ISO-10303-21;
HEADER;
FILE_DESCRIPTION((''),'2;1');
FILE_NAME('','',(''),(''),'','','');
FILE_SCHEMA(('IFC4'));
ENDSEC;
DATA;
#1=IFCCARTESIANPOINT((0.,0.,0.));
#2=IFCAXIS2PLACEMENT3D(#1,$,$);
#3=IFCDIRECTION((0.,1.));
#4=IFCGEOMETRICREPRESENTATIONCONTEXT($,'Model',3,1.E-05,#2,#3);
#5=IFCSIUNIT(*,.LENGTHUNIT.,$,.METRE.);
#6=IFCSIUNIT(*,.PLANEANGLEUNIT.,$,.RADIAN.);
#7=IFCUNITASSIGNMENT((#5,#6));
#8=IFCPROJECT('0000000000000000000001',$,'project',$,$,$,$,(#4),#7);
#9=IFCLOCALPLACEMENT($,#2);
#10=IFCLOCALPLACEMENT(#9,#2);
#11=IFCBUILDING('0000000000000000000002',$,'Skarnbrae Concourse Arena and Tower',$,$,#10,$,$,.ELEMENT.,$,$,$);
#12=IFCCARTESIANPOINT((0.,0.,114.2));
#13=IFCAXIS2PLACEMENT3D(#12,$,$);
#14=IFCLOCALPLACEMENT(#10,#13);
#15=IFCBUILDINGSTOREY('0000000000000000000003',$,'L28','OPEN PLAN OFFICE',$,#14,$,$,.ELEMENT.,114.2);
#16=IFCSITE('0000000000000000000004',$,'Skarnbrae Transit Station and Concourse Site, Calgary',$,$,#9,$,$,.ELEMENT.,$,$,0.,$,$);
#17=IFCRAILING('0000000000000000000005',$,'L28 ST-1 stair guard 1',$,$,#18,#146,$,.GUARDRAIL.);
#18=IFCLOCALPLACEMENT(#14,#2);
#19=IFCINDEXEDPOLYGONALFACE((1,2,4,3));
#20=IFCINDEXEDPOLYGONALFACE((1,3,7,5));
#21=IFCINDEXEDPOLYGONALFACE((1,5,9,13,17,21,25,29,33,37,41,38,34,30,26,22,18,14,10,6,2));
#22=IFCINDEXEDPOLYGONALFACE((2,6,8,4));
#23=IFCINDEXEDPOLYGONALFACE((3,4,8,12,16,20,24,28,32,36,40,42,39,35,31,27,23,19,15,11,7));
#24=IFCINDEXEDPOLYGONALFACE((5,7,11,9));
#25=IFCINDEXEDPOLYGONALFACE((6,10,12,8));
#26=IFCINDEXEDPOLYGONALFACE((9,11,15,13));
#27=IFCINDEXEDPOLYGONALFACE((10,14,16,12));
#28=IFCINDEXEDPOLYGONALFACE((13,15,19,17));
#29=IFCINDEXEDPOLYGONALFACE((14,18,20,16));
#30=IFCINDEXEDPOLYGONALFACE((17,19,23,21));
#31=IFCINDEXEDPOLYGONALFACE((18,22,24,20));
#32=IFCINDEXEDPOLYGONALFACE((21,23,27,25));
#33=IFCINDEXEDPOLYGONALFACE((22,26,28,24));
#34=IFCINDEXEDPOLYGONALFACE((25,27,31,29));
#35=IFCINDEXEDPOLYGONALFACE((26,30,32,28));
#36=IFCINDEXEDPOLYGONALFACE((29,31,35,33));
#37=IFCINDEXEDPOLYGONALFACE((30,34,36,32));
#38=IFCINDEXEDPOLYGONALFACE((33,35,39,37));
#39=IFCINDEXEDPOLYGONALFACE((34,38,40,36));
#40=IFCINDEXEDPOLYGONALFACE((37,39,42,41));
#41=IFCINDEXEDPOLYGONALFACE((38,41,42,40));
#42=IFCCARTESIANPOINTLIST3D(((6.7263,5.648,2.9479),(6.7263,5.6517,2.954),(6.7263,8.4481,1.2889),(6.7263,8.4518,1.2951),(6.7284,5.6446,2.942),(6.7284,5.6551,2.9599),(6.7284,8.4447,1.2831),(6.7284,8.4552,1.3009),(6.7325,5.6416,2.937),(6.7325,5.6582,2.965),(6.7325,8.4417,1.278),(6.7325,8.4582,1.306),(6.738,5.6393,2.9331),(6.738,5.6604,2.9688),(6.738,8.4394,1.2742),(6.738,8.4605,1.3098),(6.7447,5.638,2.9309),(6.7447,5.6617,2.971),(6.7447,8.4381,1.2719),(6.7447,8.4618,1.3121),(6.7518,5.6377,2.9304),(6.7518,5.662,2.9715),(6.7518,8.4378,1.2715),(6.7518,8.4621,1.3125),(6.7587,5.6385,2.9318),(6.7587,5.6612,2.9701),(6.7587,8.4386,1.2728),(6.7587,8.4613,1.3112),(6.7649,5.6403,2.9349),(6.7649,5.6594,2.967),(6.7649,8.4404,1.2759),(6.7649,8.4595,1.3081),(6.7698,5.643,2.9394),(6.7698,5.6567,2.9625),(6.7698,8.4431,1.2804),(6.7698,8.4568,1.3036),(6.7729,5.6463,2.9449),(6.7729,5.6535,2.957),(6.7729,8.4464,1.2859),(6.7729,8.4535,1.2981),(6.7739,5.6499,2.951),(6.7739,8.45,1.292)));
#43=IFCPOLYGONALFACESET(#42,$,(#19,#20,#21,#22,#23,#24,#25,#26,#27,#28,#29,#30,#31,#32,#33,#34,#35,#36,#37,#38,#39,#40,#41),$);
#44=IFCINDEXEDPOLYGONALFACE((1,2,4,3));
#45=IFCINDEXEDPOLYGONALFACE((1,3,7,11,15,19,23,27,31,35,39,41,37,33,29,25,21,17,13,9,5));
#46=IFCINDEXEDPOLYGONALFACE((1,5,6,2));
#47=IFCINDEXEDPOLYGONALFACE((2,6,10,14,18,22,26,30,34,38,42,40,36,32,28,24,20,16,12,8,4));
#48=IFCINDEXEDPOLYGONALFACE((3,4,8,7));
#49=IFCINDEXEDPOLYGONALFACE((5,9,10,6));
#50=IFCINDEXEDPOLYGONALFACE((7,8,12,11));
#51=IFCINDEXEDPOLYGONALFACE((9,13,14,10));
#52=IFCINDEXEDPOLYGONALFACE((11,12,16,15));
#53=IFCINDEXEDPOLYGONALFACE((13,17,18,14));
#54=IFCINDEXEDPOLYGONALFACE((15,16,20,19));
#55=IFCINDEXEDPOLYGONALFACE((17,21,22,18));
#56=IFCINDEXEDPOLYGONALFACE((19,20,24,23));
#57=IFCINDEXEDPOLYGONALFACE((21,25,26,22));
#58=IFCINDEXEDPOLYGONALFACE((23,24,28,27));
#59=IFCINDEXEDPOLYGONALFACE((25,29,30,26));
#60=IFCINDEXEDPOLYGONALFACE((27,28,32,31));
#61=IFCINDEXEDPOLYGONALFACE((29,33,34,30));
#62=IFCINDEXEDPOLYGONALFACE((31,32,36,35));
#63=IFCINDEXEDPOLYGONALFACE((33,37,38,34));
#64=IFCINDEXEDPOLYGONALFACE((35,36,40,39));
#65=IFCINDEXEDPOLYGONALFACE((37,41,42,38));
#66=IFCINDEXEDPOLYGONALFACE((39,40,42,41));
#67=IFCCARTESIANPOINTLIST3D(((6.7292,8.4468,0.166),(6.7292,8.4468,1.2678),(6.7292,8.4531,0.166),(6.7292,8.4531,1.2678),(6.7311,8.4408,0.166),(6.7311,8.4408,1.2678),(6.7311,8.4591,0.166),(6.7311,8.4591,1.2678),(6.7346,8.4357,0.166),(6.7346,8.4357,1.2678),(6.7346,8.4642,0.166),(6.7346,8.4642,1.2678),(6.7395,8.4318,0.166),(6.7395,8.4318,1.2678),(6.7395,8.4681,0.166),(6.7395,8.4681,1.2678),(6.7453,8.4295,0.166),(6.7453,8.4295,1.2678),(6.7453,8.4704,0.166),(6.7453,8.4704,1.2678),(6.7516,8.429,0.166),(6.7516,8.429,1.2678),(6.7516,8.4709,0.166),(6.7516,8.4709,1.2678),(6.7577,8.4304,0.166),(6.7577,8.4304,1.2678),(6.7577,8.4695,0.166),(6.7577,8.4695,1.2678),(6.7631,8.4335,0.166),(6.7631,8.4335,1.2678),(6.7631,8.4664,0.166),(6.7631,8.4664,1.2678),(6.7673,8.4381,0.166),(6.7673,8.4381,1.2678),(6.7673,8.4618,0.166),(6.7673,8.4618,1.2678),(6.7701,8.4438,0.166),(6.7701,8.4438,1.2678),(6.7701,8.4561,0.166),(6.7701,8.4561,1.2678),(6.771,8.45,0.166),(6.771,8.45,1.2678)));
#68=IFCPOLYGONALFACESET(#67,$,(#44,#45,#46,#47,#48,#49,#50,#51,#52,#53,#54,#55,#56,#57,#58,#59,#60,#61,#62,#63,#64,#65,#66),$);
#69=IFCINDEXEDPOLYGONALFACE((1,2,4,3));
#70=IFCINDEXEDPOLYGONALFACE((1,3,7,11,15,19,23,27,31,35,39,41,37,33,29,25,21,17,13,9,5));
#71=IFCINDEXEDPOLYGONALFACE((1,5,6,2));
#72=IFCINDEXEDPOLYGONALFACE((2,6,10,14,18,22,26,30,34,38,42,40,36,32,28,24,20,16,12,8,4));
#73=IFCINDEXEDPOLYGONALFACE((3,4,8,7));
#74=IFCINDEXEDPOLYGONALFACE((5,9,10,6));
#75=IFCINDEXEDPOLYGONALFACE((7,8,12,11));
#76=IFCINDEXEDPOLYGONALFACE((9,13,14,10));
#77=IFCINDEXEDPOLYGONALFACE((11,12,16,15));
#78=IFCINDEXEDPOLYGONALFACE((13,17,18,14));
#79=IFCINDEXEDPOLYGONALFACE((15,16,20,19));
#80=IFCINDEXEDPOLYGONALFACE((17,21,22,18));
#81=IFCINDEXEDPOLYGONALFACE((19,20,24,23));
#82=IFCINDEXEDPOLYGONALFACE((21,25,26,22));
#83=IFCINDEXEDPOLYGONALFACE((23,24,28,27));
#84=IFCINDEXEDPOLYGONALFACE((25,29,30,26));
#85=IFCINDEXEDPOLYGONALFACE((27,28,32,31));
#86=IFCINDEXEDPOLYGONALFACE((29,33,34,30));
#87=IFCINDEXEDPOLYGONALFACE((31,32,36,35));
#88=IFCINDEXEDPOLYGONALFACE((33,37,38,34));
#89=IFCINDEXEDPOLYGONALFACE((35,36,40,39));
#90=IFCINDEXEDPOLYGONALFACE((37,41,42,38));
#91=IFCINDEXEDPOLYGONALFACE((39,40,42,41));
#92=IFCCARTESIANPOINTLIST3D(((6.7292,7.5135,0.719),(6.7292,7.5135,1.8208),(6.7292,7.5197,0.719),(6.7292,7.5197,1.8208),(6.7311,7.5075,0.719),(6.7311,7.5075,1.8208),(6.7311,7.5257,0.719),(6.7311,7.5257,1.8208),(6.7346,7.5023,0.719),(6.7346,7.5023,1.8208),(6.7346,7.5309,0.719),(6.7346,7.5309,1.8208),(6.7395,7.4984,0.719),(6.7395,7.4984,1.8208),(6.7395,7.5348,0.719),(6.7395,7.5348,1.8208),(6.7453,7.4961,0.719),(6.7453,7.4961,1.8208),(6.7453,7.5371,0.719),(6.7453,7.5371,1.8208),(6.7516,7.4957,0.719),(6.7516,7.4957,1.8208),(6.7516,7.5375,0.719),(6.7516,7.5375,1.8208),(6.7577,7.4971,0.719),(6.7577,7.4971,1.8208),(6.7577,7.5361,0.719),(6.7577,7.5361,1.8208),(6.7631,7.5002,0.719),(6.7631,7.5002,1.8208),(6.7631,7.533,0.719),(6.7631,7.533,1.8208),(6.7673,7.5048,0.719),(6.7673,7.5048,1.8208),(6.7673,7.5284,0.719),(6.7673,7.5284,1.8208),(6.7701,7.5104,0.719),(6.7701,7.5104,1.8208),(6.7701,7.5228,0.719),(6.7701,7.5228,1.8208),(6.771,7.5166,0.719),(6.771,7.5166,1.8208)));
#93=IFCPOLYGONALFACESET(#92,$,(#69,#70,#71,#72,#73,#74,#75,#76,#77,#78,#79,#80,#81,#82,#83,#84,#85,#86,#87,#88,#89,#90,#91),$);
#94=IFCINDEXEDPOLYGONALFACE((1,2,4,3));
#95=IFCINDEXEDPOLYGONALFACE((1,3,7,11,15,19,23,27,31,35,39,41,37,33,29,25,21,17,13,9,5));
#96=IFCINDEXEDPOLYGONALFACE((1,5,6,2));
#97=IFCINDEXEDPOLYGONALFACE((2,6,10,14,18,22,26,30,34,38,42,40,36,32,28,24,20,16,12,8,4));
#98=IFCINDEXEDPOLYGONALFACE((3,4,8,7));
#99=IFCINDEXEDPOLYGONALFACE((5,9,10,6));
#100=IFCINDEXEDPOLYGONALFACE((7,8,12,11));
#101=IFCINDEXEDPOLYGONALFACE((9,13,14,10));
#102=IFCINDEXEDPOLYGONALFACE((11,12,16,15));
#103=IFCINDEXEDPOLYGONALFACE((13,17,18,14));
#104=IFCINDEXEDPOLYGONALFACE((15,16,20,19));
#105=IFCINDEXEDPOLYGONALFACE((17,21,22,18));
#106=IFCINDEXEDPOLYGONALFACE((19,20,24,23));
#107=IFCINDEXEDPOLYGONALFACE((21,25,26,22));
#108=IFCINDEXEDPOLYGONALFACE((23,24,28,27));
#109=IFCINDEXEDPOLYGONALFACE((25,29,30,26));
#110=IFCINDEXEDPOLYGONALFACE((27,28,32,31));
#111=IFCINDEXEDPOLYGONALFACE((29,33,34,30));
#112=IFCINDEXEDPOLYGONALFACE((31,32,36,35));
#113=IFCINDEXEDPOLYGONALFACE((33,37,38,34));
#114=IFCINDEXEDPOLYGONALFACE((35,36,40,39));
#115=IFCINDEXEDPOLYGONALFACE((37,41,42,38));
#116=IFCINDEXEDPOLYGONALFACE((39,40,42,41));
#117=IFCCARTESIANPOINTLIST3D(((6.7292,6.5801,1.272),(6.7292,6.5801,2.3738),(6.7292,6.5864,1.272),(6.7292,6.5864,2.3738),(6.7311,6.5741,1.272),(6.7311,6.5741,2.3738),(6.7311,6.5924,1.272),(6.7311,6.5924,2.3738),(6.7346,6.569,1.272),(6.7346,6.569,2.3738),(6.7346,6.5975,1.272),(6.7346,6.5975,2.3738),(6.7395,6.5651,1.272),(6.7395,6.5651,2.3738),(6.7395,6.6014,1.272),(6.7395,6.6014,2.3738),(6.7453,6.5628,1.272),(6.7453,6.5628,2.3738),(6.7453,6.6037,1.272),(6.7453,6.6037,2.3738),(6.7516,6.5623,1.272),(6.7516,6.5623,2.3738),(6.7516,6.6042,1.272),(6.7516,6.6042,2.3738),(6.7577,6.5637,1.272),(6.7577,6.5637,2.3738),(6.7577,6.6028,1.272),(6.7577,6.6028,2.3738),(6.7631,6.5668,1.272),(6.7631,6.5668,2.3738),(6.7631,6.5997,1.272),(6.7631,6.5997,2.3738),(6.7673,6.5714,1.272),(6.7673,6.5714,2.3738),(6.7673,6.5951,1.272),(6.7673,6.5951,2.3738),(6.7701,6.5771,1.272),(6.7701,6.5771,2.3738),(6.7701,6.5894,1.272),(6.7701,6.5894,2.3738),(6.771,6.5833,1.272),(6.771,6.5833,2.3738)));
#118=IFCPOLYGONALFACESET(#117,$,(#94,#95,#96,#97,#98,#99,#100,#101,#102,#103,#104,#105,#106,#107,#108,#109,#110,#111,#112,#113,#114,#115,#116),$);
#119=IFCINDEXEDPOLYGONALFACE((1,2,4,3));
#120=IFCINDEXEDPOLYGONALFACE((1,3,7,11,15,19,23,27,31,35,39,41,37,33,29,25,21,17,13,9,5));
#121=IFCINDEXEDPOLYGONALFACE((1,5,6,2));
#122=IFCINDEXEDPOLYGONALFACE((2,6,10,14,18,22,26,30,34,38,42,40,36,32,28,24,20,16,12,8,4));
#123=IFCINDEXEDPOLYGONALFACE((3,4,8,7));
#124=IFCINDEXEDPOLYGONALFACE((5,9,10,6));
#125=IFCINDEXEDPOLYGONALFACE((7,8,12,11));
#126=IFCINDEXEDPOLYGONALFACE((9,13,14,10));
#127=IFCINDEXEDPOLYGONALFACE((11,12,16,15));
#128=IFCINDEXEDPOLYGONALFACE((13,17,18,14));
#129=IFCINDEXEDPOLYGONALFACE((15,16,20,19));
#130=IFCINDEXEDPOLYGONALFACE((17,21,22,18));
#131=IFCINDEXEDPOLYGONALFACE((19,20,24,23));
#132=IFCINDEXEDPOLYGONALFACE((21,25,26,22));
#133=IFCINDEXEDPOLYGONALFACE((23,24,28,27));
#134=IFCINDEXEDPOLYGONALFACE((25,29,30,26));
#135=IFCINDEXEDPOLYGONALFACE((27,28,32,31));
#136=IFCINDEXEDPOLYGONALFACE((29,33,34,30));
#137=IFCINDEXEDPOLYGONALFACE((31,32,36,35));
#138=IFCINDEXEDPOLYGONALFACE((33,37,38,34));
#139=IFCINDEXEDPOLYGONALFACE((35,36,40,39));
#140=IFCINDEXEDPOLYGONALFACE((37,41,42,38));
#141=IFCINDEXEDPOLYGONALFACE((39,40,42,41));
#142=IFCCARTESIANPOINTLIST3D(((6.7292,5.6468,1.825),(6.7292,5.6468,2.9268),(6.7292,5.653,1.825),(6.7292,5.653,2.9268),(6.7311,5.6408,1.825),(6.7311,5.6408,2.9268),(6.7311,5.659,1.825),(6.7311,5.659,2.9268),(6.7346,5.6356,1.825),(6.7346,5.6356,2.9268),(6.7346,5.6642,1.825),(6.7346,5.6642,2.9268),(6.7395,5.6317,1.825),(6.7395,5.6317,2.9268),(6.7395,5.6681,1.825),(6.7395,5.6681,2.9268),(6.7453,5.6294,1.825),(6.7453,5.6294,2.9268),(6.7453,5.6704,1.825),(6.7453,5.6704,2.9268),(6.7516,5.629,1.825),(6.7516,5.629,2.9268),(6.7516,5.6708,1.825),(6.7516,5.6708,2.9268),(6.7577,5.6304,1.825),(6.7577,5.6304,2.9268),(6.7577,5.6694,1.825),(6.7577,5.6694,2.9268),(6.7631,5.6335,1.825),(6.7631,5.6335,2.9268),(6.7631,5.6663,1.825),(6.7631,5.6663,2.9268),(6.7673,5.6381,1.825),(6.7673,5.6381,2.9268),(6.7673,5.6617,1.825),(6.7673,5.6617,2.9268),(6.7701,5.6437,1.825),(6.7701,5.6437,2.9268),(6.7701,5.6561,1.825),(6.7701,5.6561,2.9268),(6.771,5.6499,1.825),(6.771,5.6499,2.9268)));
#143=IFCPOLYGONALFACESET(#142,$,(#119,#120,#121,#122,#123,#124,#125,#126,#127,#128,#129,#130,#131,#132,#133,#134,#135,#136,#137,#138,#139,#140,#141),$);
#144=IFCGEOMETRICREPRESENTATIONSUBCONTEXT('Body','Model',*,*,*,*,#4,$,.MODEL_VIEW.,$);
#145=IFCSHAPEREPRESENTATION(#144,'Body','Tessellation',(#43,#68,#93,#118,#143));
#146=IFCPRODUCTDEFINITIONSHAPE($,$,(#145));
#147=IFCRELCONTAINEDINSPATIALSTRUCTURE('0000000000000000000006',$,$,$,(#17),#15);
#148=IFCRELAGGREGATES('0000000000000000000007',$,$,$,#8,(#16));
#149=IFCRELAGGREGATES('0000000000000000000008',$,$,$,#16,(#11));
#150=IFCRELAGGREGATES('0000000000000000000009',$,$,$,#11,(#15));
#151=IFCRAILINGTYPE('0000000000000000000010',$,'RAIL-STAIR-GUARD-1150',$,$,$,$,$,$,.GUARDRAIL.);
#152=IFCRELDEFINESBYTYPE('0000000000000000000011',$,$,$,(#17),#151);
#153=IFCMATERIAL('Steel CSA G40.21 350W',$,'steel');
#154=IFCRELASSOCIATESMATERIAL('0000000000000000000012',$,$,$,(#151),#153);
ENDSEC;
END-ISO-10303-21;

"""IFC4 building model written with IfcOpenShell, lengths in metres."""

from ifc_helpers import new_model, si_unit, direction, frame, origin, origin_2d, place, context, subcontext, project, spatial, circle, extrude, material, type_object, element, save


model = new_model("IFC4")

# Units and contexts
model_context = context("Model", 3, precision=1e-05, world=origin(), true_north=direction((0.0, 1.0)))
body_context = subcontext(model_context, "Body", "Model", "MODEL_VIEW")
ifc_project = project(units=[si_unit("LENGTHUNIT", "METRE"), si_unit("PLANEANGLEUNIT", "RADIAN")], contexts=[model_context])

# Site, building, storey
site_placement = place(None, origin())
site = spatial("IfcSite", under=ifc_project, at=site_placement, Name="Skarnbrae Transit Station and Concourse Site, Calgary", CompositionType="ELEMENT", RefElevation=0.0)
building_placement = place(site_placement, origin())
building = spatial("IfcBuilding", under=site, at=building_placement, Name="Skarnbrae Concourse Arena and Tower", CompositionType="ELEMENT")
storey_placement = place(building_placement, frame((0.0, 0.0, 114.2)))
storey = spatial("IfcBuildingStorey", under=building, at=storey_placement, Name="L28", Description="OPEN PLAN OFFICE", CompositionType="ELEMENT", Elevation=114.2)

# Railing
ifc_material_1 = material(Name="Steel CSA G40.21 350W", Category="steel")
railing_type_1 = type_object("IfcRailingType", Name="RAIL-STAIR-GUARD-1150", PredefinedType="GUARDRAIL", material=ifc_material_1)
railing_1_placement = place(storey_placement, frame((6.75, 8.45, 0.166)))
element("IfcRailing", 1, at=railing_1_placement, inside=storey, type_object=railing_type_1, Name="L28 ST-1 stair guard 1", PredefinedType="GUARDRAIL", context=body_context, shape_type="SweptSolid", body=[
    extrude(circle(Radius=0.0239, at=origin_2d()), frame((0.0, 0.0, 1.126), z_axis=(0.0, -0.860339, 0.509722), x_axis=(1.0, 0.0, 0.0)), (0.0, 0.0, 1.0), 3.2546),
    extrude(circle(Radius=0.021, at=origin_2d()), origin(), (0.0, 0.0, 1.0), 1.1018),
    extrude(circle(Radius=0.021, at=origin_2d()), frame((0.0, -0.9333, 0.553)), (0.0, 0.0, 1.0), 1.1018),
    extrude(circle(Radius=0.021, at=origin_2d()), frame((0.0, -1.8667, 1.106)), (0.0, 0.0, 1.0), 1.1018),
    extrude(circle(Radius=0.021, at=origin_2d()), frame((0.0, -2.8, 1.6589)), (0.0, 0.0, 1.0), 1.1018),
])

save(model, "model.ifc")
